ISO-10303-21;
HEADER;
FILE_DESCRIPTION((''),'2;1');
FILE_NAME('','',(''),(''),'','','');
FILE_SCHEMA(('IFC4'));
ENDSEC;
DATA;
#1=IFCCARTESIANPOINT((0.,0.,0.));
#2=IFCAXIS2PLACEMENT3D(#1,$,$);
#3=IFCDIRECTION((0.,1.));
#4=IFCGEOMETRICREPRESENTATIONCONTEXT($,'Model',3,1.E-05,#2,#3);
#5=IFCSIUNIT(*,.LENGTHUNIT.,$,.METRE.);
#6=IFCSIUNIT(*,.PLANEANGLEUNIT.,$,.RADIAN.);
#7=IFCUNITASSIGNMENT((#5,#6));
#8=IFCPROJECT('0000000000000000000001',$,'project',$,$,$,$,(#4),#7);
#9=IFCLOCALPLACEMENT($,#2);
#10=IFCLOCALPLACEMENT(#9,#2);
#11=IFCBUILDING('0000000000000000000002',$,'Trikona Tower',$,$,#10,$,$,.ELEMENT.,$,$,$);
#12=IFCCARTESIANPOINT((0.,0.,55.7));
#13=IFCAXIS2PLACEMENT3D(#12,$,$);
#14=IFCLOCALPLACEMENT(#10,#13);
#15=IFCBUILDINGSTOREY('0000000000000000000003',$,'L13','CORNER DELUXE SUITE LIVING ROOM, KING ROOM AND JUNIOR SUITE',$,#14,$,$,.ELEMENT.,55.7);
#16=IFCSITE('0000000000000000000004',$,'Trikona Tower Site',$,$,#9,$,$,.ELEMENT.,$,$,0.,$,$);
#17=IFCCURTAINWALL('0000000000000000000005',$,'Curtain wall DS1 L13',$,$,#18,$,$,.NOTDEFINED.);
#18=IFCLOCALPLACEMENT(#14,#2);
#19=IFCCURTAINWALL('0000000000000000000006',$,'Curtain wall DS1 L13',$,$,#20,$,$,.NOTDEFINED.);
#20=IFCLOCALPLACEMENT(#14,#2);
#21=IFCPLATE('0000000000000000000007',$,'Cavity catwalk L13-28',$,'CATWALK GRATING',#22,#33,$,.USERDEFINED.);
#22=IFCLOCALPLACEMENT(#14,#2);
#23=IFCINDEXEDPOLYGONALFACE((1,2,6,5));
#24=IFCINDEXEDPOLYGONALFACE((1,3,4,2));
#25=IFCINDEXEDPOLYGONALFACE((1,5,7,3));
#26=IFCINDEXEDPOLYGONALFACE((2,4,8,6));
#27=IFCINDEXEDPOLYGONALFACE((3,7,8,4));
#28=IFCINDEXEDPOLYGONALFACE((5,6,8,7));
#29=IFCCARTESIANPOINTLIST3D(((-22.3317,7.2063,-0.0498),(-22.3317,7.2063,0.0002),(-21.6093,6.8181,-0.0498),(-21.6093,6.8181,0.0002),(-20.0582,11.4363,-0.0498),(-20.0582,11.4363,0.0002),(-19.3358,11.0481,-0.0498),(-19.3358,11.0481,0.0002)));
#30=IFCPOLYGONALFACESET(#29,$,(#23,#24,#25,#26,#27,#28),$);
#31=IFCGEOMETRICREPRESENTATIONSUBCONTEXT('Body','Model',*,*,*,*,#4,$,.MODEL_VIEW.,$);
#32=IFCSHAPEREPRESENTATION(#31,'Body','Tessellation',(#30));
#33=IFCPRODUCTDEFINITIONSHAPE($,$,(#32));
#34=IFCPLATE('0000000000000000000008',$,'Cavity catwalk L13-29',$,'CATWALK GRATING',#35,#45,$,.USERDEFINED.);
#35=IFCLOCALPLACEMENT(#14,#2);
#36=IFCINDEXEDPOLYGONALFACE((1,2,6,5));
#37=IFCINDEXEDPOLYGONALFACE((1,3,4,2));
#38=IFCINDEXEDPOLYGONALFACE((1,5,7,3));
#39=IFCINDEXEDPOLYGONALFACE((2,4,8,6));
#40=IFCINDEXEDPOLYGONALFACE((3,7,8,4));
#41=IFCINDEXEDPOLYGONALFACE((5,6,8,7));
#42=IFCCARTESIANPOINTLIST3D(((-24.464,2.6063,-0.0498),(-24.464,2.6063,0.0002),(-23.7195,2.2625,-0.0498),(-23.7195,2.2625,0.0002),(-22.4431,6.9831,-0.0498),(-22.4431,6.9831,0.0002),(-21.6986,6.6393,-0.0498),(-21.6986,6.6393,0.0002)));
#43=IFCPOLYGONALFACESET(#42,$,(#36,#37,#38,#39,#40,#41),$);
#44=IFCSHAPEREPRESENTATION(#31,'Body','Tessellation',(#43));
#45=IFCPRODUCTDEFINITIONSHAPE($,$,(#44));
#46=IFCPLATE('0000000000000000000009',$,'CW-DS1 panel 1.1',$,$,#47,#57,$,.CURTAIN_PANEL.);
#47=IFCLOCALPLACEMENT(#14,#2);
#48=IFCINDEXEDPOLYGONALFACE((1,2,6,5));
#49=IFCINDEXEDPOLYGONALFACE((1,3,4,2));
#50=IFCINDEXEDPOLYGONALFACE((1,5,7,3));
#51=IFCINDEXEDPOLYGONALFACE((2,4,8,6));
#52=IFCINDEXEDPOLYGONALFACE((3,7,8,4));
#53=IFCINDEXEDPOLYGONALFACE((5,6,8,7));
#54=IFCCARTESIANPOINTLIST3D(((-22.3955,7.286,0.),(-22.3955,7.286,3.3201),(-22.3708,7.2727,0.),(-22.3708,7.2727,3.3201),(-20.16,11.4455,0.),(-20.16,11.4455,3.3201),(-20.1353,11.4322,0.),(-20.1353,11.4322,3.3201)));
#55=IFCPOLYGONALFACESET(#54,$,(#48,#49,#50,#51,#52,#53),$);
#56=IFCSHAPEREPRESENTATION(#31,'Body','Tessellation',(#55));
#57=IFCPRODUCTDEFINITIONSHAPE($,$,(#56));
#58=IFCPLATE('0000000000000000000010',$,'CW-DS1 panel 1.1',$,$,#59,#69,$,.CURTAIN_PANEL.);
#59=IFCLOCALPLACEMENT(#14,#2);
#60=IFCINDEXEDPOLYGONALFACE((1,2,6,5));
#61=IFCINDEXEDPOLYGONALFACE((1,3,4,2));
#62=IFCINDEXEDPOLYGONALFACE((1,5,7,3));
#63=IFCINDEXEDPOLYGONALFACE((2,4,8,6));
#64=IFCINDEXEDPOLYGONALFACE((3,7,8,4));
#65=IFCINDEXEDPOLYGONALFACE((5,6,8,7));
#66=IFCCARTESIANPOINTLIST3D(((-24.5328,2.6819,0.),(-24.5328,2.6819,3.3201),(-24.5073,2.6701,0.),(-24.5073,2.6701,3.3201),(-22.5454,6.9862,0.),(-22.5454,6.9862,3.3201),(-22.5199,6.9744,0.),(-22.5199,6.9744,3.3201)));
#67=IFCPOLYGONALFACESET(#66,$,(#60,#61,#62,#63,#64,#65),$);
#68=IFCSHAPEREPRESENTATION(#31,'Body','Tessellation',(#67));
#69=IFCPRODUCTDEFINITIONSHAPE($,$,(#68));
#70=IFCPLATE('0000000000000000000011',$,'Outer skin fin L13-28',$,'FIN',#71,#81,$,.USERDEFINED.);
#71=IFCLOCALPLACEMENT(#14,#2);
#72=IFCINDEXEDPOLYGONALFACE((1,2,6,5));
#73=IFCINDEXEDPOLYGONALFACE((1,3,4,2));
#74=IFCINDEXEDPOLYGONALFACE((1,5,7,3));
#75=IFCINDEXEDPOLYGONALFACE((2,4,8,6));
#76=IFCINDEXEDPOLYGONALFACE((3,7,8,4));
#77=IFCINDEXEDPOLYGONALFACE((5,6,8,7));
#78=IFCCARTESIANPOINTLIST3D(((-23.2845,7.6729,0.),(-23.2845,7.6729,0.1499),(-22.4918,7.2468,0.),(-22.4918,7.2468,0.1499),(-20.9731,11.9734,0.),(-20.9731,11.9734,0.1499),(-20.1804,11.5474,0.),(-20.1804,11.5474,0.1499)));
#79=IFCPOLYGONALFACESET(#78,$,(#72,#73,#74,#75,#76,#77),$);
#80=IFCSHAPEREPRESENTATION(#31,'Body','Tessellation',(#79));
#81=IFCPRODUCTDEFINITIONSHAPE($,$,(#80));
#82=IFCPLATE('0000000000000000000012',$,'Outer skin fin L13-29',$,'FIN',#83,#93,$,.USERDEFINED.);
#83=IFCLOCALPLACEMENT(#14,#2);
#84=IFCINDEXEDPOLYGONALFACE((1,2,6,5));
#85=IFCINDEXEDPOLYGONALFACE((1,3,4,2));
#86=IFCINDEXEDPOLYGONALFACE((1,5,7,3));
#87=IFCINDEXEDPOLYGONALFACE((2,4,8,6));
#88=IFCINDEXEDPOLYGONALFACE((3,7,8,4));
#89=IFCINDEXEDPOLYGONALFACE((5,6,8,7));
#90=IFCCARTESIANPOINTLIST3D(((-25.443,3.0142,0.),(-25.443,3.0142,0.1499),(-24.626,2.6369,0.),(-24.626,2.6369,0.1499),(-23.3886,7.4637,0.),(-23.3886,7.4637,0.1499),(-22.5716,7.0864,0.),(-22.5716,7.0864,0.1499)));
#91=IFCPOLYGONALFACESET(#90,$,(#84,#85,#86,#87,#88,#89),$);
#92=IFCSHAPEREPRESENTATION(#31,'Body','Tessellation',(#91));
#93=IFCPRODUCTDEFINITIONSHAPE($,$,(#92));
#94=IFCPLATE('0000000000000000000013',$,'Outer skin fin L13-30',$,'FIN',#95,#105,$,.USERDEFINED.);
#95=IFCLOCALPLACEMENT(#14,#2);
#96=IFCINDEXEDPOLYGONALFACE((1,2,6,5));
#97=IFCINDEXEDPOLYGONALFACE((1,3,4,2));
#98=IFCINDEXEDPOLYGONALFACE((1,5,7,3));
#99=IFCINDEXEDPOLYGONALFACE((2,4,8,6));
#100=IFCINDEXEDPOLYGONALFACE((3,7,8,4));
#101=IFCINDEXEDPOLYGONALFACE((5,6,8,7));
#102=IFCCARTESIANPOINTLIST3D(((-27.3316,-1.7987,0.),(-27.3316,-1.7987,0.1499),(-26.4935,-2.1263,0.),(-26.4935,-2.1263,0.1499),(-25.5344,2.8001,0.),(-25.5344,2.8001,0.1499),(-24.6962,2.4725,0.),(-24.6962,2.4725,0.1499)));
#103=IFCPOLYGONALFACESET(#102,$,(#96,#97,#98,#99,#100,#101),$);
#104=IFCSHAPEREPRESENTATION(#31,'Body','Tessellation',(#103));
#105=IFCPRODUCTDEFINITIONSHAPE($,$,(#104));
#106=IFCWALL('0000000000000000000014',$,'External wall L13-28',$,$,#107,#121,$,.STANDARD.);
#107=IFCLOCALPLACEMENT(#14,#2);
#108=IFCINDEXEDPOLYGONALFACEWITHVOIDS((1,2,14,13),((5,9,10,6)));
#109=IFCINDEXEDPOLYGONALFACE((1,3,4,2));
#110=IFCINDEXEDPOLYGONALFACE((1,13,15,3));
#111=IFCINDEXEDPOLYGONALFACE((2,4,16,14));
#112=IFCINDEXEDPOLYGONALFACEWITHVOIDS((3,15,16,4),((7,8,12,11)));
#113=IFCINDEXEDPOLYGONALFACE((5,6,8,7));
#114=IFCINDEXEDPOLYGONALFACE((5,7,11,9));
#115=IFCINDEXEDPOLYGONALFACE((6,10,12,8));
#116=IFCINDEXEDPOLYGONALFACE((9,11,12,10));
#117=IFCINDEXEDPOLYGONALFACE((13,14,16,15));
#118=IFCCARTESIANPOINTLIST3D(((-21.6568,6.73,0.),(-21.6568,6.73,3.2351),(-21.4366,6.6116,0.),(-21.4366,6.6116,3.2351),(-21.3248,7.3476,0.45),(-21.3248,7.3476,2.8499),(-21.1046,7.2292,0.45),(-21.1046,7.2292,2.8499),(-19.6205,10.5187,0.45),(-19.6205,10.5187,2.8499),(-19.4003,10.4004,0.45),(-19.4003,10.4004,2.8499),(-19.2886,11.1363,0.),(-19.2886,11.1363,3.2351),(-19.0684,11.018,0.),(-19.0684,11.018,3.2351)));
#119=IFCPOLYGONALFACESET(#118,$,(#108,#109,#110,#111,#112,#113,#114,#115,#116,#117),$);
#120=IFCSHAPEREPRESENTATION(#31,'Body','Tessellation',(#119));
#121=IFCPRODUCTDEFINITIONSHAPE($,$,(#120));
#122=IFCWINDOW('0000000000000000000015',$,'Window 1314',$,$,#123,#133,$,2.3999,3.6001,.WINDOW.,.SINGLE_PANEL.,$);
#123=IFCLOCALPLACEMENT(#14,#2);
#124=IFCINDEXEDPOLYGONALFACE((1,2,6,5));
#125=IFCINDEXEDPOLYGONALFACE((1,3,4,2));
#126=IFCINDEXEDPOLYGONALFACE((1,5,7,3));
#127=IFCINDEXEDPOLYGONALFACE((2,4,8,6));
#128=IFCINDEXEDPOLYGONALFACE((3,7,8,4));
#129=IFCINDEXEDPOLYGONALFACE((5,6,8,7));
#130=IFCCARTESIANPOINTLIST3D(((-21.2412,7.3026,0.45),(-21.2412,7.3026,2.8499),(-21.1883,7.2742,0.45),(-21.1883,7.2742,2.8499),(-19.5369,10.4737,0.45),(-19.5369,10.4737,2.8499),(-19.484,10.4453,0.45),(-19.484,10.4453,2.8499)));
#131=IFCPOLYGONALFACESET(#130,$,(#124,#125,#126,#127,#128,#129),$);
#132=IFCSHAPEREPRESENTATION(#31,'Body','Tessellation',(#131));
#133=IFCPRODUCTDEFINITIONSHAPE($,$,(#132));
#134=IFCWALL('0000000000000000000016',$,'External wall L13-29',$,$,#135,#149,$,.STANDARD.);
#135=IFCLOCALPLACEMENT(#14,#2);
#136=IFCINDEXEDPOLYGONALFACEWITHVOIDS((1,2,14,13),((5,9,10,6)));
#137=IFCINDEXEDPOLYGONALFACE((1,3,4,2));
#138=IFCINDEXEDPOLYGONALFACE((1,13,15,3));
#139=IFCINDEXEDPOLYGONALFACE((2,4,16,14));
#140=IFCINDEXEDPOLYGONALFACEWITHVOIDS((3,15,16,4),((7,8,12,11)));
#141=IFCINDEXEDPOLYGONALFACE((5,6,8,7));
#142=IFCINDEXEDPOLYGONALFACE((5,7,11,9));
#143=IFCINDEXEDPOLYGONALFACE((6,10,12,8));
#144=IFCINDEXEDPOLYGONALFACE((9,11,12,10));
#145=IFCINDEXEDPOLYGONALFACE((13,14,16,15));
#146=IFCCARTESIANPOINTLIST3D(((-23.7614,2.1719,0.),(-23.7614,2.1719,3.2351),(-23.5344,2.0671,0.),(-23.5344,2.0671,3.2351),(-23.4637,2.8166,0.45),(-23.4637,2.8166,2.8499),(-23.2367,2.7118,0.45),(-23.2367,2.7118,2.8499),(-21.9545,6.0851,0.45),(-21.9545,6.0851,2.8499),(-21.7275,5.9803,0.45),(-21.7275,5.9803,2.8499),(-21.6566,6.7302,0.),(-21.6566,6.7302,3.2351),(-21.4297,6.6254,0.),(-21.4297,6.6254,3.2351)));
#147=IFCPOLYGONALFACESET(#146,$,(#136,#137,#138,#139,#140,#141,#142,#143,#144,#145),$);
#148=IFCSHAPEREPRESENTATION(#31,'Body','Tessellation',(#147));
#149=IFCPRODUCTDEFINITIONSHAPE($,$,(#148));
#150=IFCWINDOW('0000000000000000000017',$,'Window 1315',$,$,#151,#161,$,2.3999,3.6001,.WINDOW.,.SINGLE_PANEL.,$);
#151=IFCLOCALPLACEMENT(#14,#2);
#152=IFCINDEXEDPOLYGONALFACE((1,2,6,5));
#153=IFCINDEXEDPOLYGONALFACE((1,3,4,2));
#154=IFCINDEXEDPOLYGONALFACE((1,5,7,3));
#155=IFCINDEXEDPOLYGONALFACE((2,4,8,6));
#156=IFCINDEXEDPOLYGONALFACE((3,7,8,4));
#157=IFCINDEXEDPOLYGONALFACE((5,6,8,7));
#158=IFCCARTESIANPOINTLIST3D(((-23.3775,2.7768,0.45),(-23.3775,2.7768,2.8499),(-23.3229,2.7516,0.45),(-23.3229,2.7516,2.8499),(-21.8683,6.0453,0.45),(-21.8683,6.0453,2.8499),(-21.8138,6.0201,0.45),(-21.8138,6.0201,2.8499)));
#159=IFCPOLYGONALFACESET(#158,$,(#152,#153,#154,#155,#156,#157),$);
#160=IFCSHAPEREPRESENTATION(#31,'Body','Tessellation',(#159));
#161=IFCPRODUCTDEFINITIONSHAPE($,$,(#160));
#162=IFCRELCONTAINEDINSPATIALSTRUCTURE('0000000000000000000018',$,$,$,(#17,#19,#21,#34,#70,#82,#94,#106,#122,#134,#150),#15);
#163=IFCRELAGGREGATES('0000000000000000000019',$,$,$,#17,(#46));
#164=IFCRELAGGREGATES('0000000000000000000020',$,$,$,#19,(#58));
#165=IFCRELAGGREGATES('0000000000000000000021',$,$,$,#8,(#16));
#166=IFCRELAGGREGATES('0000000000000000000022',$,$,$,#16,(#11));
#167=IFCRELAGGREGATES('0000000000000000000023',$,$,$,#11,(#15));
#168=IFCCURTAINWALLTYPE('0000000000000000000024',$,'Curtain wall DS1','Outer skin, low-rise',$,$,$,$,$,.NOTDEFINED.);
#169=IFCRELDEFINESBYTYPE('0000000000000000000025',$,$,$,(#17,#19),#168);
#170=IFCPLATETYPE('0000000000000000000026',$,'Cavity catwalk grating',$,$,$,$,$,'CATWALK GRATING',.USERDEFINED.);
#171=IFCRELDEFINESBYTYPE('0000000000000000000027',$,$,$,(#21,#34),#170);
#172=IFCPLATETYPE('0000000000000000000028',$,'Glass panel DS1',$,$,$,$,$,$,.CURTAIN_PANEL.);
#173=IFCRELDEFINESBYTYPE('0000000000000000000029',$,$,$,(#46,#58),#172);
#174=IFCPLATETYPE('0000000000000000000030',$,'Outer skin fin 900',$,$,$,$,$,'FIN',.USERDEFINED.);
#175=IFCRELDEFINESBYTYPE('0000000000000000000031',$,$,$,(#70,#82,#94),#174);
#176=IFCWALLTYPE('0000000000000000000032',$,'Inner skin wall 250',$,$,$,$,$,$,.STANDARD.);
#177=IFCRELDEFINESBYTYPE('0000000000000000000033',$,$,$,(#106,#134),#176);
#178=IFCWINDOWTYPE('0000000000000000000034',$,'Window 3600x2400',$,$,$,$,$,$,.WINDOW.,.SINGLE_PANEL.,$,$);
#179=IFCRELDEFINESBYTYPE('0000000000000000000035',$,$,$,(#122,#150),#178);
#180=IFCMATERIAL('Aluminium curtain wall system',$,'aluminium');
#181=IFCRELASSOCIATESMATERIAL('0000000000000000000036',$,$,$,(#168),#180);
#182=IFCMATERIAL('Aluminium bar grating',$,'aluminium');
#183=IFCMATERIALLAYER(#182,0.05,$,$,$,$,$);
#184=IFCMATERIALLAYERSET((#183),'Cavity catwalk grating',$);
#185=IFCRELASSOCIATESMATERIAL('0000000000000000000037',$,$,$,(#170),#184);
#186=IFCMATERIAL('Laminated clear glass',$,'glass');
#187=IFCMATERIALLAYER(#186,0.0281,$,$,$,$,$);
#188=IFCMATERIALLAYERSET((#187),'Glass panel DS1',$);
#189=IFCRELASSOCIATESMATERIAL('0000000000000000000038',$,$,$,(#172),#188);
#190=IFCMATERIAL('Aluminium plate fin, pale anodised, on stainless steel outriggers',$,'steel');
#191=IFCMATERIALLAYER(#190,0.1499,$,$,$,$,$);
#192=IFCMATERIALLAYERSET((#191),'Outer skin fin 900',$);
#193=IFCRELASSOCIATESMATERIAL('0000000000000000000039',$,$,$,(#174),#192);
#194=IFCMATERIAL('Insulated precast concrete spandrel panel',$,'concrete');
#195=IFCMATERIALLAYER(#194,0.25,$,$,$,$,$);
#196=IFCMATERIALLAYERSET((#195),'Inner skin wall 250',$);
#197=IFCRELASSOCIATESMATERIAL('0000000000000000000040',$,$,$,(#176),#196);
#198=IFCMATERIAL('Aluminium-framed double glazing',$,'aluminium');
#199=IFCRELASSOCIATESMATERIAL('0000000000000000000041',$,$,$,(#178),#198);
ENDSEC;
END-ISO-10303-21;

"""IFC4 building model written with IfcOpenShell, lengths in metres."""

from ifc_helpers import new_model, si_unit, direction, frame, frame_2d, origin, origin_2d, place, context, subcontext, project, spatial, rectangle, extrude, material, layer, layer_set, type_object, element, fill, aggregate, save


model = new_model("IFC4")

# Units and contexts
model_context = context("Model", 3, precision=1e-05, world=origin(), true_north=direction((0.0, 1.0)))
body_context = subcontext(model_context, "Body", "Model", "MODEL_VIEW")
ifc_project = project(units=[si_unit("LENGTHUNIT", "METRE"), si_unit("PLANEANGLEUNIT", "RADIAN")], contexts=[model_context])

# Site, building, storey
site_placement = place(None, origin())
site = spatial("IfcSite", under=ifc_project, at=site_placement, Name="Trikona Tower Site", CompositionType="ELEMENT", RefElevation=0.0)
building_placement = place(site_placement, origin())
building = spatial("IfcBuilding", under=site, at=building_placement, Name="Trikona Tower", CompositionType="ELEMENT")
storey_placement = place(building_placement, frame((0.0, 0.0, 55.7)))
storey = spatial("IfcBuildingStorey", under=building, at=storey_placement, Name="L13", Description="CORNER DELUXE SUITE LIVING ROOM, KING ROOM AND JUNIOR SUITE", CompositionType="ELEMENT", Elevation=55.7)

# Shared definitions
ifc_material_1 = material(Name="Aluminium curtain wall system", Category="aluminium")
curtain_wall_type = type_object("IfcCurtainWallType", Name="Curtain wall DS1", Description="Outer skin, low-rise", PredefinedType="NOTDEFINED", material=ifc_material_1)

# Curtain walls
curtain_wall_1_placement = place(storey_placement, origin())
curtain_wall_1 = element("IfcCurtainWall", 1, at=curtain_wall_1_placement, inside=storey, type_object=curtain_wall_type, Name="Curtain wall DS1 L13", PredefinedType="NOTDEFINED")
curtain_wall_2_placement = place(storey_placement, origin())
curtain_wall_2 = element("IfcCurtainWall", 2, at=curtain_wall_2_placement, inside=storey, type_object=curtain_wall_type, Name="Curtain wall DS1 L13", PredefinedType="NOTDEFINED")

# Plates
ifc_material_2 = material(Name="Aluminium bar grating", Category="aluminium")
ifc_layer_1 = layer(ifc_material_2, 0.05)
ifc_layer_set_1 = layer_set([ifc_layer_1], Name="Cavity catwalk grating")
plate_type_1 = type_object("IfcPlateType", Name="Cavity catwalk grating", ElementType="CATWALK GRATING", PredefinedType="USERDEFINED", material=ifc_layer_set_1)
for number, where, z_axis, x_axis, name in (
    (3, (-20.8337, 9.1272, -0.0498), (0.0, 0.0, 1.0), (-0.473423, -0.880835, 0.0), "Cavity catwalk L13-28"),
):
    element("IfcPlate", number, at=place(storey_placement, frame(where, z_axis=z_axis, x_axis=x_axis)), inside=storey, type_object=plate_type_1, Name=name, ObjectType="CATWALK GRATING", PredefinedType="USERDEFINED", context=body_context, shape_type="SweptSolid", body=[
        extrude(rectangle(XDim=4.8022, YDim=0.8201, at=origin_2d()), origin(), (0.0, 0.0, 1.0), 0.05),
    ])
plate_1_placement = place(storey_placement, frame((-23.0813, 4.6228, -0.0498), z_axis=(0.0, 0.0, 1.0), x_axis=(-0.419194, -0.907897, 0.0)))
element("IfcPlate", 4, at=plate_1_placement, inside=storey, type_object=plate_type_1, Name="Cavity catwalk L13-29", ObjectType="CATWALK GRATING", PredefinedType="USERDEFINED", context=body_context, shape_type="SweptSolid", body=[
    extrude(rectangle(XDim=4.8208, YDim=0.8201, at=origin_2d()), origin(), (0.0, 0.0, 1.0), 0.05),
])

# Plates
ifc_material_3 = material(Name="Laminated clear glass", Category="glass")
ifc_layer_2 = layer(ifc_material_3, 0.0281)
ifc_layer_set_2 = layer_set([ifc_layer_2], Name="Glass panel DS1")
plate_type_2 = type_object("IfcPlateType", Name="Glass panel DS1", PredefinedType="CURTAIN_PANEL", material=ifc_layer_set_2)
plate_2_placement = place(storey_placement, frame((-21.2654, 9.3591, 0.0), z_axis=(0.0, 0.0, 1.0), x_axis=(-0.473408, -0.880843, 0.0)))
plate_2 = element("IfcPlate", 5, at=plate_2_placement, type_object=plate_type_2, Name="CW-DS1 panel 1.1", PredefinedType="CURTAIN_PANEL", context=body_context, shape_type="SweptSolid", body=[
    extrude(rectangle(XDim=4.7222, YDim=0.0281, at=origin_2d()), origin(), (0.0, 0.0, 1.0), 3.3201),
])
aggregate(curtain_wall_1, [plate_2])
plate_3_placement = place(storey_placement, frame((-23.5264, 4.8281, 0.0), z_axis=(0.0, 0.0, 1.0), x_axis=(-0.41919, -0.907898, 0.0)))
plate_3 = element("IfcPlate", 6, at=plate_3_placement, type_object=plate_type_2, Name="CW-DS1 panel 1.1", PredefinedType="CURTAIN_PANEL", context=body_context, shape_type="SweptSolid", body=[
    extrude(rectangle(XDim=4.741, YDim=0.0281, at=origin_2d()), origin(), (0.0, 0.0, 1.0), 3.3201),
])
aggregate(curtain_wall_2, [plate_3])

# Plates
ifc_material_4 = material(Name="Aluminium plate fin, pale anodised, on stainless steel outriggers", Category="steel")
ifc_layer_3 = layer(ifc_material_4, 0.1499)
ifc_layer_set_3 = layer_set([ifc_layer_3], Name="Outer skin fin 900")
plate_type_3 = type_object("IfcPlateType", Name="Outer skin fin 900", ElementType="FIN", PredefinedType="USERDEFINED", material=ifc_layer_set_3)
plate_4_placement = place(storey_placement, frame((-21.7324, 9.6101, 0.0), z_axis=(0.0, 0.0, 1.0), x_axis=(-0.473423, -0.880835, 0.0)))
element("IfcPlate", 7, at=plate_4_placement, inside=storey, type_object=plate_type_3, Name="Outer skin fin L13-28", ObjectType="FIN", PredefinedType="USERDEFINED", context=body_context, shape_type="SweptSolid", body=[
    extrude(rectangle(XDim=4.8823, YDim=0.8999, at=origin_2d()), origin(), (0.0, 0.0, 1.0), 0.1499),
])
plate_5_placement = place(storey_placement, frame((-24.0073, 5.0503, 0.0), z_axis=(0.0, 0.0, 1.0), x_axis=(-0.419194, -0.907897, 0.0)))
element("IfcPlate", 8, at=plate_5_placement, inside=storey, type_object=plate_type_3, Name="Outer skin fin L13-29", ObjectType="FIN", PredefinedType="USERDEFINED", context=body_context, shape_type="SweptSolid", body=[
    extrude(rectangle(XDim=4.9009, YDim=0.8999, at=origin_2d()), origin(), (0.0, 0.0, 1.0), 0.1499),
])
plate_6_placement = place(storey_placement, frame((-26.0139, 0.3369, 0.0), z_axis=(0.0, 0.0, 1.0), x_axis=(-0.364009, -0.931395, 0.0)))
element("IfcPlate", 9, at=plate_6_placement, inside=storey, type_object=plate_type_3, Name="Outer skin fin L13-30", ObjectType="FIN", PredefinedType="USERDEFINED", context=body_context, shape_type="SweptSolid", body=[
    extrude(rectangle(XDim=4.9375, YDim=0.8999, at=origin_2d()), origin(), (0.0, 0.0, 1.0), 0.1499),
])

# Walls, openings, windows
ifc_material_5 = material(Name="Insulated precast concrete spandrel panel", Category="concrete")
ifc_layer_4 = layer(ifc_material_5, 0.25)
ifc_layer_set_4 = layer_set([ifc_layer_4], Name="Inner skin wall 250")
wall_type = type_object("IfcWallType", Name="Inner skin wall 250", PredefinedType="STANDARD", material=ifc_layer_set_4)
wall_1_placement = place(storey_placement, frame((-19.1785, 11.0771, 0.0), z_axis=(0.0, 0.0, 1.0), x_axis=(-0.473413, -0.880841, 0.0)))
wall_1 = element("IfcWall", 10, at=wall_1_placement, inside=storey, type_object=wall_type, Name="External wall L13-28", PredefinedType="STANDARD", context=body_context, shape_type="SweptSolid", body=[
    extrude(rectangle(XDim=5.0024, YDim=0.25, at=frame_2d((2.5012, 0.0))), origin(), (0.0, 0.0, 1.0), 3.2351),
])
opening_1_placement = place(wall_1_placement, frame((0.7012, 0.0, 0.45)))
opening_1 = element("IfcOpeningElement", 11, at=opening_1_placement, cuts=wall_1, PredefinedType="OPENING", context=body_context, shape_type="SweptSolid", body=[
    extrude(rectangle(XDim=3.6001, YDim=2.3999, at=frame_2d((1.8, 1.2))), frame((0.0, 0.135, 0.0), z_axis=(0.0, -1.0, 0.0), x_axis=(1.0, 0.0, 0.0)), (0.0, 0.0, 1.0), 0.27),
])
ifc_material_6 = material(Name="Aluminium-framed double glazing", Category="aluminium")
window_type = type_object("IfcWindowType", Name="Window 3600x2400", PartitioningType="SINGLE_PANEL", PredefinedType="WINDOW", material=ifc_material_6)
window_1_placement = place(opening_1_placement, origin())
window_1 = element("IfcWindow", 12, at=window_1_placement, inside=storey, type_object=window_type, Name="Window 1314", OverallHeight=2.3999, OverallWidth=3.6001, PartitioningType="SINGLE_PANEL", PredefinedType="WINDOW", context=body_context, shape_type="SweptSolid", body=[
    extrude(rectangle(XDim=3.6001, YDim=2.3999, at=frame_2d((1.8, 1.2))), frame((0.0, 0.03, 0.0), z_axis=(0.0, -1.0, 0.0), x_axis=(1.0, 0.0, 0.0)), (0.0, 0.0, 1.0), 0.0601),
])
fill(opening_1, window_1)
wall_2_placement = place(storey_placement, frame((-21.5432, 6.6777, 0.0), z_axis=(0.0, 0.0, 1.0), x_axis=(-0.419203, -0.907892, 0.0)))
wall_2 = element("IfcWall", 13, at=wall_2_placement, inside=storey, type_object=wall_type, Name="External wall L13-29", PredefinedType="STANDARD", context=body_context, shape_type="SweptSolid", body=[
    extrude(rectangle(XDim=5.0208, YDim=0.25, at=frame_2d((2.5103, 0.0))), origin(), (0.0, 0.0, 1.0), 3.2351),
])
opening_2_placement = place(wall_2_placement, frame((0.7104, 0.0, 0.45)))
opening_2 = element("IfcOpeningElement", 14, at=opening_2_placement, cuts=wall_2, PredefinedType="OPENING", context=body_context, shape_type="SweptSolid", body=[
    extrude(rectangle(XDim=3.6001, YDim=2.3999, at=frame_2d((1.8, 1.2))), frame((0.0, 0.135, 0.0), z_axis=(0.0, -1.0, 0.0), x_axis=(1.0, 0.0, 0.0)), (0.0, 0.0, 1.0), 0.27),
])
window_2_placement = place(opening_2_placement, origin())
window_2 = element("IfcWindow", 15, at=window_2_placement, inside=storey, type_object=window_type, Name="Window 1315", OverallHeight=2.3999, OverallWidth=3.6001, PartitioningType="SINGLE_PANEL", PredefinedType="WINDOW", context=body_context, shape_type="SweptSolid", body=[
    extrude(rectangle(XDim=3.6001, YDim=2.3999, at=frame_2d((1.8, 1.2))), frame((0.0, 0.03, 0.0), z_axis=(0.0, -1.0, 0.0), x_axis=(1.0, 0.0, 0.0)), (0.0, 0.0, 1.0), 0.0601),
])
fill(opening_2, window_2)

save(model, "model.ifc")
